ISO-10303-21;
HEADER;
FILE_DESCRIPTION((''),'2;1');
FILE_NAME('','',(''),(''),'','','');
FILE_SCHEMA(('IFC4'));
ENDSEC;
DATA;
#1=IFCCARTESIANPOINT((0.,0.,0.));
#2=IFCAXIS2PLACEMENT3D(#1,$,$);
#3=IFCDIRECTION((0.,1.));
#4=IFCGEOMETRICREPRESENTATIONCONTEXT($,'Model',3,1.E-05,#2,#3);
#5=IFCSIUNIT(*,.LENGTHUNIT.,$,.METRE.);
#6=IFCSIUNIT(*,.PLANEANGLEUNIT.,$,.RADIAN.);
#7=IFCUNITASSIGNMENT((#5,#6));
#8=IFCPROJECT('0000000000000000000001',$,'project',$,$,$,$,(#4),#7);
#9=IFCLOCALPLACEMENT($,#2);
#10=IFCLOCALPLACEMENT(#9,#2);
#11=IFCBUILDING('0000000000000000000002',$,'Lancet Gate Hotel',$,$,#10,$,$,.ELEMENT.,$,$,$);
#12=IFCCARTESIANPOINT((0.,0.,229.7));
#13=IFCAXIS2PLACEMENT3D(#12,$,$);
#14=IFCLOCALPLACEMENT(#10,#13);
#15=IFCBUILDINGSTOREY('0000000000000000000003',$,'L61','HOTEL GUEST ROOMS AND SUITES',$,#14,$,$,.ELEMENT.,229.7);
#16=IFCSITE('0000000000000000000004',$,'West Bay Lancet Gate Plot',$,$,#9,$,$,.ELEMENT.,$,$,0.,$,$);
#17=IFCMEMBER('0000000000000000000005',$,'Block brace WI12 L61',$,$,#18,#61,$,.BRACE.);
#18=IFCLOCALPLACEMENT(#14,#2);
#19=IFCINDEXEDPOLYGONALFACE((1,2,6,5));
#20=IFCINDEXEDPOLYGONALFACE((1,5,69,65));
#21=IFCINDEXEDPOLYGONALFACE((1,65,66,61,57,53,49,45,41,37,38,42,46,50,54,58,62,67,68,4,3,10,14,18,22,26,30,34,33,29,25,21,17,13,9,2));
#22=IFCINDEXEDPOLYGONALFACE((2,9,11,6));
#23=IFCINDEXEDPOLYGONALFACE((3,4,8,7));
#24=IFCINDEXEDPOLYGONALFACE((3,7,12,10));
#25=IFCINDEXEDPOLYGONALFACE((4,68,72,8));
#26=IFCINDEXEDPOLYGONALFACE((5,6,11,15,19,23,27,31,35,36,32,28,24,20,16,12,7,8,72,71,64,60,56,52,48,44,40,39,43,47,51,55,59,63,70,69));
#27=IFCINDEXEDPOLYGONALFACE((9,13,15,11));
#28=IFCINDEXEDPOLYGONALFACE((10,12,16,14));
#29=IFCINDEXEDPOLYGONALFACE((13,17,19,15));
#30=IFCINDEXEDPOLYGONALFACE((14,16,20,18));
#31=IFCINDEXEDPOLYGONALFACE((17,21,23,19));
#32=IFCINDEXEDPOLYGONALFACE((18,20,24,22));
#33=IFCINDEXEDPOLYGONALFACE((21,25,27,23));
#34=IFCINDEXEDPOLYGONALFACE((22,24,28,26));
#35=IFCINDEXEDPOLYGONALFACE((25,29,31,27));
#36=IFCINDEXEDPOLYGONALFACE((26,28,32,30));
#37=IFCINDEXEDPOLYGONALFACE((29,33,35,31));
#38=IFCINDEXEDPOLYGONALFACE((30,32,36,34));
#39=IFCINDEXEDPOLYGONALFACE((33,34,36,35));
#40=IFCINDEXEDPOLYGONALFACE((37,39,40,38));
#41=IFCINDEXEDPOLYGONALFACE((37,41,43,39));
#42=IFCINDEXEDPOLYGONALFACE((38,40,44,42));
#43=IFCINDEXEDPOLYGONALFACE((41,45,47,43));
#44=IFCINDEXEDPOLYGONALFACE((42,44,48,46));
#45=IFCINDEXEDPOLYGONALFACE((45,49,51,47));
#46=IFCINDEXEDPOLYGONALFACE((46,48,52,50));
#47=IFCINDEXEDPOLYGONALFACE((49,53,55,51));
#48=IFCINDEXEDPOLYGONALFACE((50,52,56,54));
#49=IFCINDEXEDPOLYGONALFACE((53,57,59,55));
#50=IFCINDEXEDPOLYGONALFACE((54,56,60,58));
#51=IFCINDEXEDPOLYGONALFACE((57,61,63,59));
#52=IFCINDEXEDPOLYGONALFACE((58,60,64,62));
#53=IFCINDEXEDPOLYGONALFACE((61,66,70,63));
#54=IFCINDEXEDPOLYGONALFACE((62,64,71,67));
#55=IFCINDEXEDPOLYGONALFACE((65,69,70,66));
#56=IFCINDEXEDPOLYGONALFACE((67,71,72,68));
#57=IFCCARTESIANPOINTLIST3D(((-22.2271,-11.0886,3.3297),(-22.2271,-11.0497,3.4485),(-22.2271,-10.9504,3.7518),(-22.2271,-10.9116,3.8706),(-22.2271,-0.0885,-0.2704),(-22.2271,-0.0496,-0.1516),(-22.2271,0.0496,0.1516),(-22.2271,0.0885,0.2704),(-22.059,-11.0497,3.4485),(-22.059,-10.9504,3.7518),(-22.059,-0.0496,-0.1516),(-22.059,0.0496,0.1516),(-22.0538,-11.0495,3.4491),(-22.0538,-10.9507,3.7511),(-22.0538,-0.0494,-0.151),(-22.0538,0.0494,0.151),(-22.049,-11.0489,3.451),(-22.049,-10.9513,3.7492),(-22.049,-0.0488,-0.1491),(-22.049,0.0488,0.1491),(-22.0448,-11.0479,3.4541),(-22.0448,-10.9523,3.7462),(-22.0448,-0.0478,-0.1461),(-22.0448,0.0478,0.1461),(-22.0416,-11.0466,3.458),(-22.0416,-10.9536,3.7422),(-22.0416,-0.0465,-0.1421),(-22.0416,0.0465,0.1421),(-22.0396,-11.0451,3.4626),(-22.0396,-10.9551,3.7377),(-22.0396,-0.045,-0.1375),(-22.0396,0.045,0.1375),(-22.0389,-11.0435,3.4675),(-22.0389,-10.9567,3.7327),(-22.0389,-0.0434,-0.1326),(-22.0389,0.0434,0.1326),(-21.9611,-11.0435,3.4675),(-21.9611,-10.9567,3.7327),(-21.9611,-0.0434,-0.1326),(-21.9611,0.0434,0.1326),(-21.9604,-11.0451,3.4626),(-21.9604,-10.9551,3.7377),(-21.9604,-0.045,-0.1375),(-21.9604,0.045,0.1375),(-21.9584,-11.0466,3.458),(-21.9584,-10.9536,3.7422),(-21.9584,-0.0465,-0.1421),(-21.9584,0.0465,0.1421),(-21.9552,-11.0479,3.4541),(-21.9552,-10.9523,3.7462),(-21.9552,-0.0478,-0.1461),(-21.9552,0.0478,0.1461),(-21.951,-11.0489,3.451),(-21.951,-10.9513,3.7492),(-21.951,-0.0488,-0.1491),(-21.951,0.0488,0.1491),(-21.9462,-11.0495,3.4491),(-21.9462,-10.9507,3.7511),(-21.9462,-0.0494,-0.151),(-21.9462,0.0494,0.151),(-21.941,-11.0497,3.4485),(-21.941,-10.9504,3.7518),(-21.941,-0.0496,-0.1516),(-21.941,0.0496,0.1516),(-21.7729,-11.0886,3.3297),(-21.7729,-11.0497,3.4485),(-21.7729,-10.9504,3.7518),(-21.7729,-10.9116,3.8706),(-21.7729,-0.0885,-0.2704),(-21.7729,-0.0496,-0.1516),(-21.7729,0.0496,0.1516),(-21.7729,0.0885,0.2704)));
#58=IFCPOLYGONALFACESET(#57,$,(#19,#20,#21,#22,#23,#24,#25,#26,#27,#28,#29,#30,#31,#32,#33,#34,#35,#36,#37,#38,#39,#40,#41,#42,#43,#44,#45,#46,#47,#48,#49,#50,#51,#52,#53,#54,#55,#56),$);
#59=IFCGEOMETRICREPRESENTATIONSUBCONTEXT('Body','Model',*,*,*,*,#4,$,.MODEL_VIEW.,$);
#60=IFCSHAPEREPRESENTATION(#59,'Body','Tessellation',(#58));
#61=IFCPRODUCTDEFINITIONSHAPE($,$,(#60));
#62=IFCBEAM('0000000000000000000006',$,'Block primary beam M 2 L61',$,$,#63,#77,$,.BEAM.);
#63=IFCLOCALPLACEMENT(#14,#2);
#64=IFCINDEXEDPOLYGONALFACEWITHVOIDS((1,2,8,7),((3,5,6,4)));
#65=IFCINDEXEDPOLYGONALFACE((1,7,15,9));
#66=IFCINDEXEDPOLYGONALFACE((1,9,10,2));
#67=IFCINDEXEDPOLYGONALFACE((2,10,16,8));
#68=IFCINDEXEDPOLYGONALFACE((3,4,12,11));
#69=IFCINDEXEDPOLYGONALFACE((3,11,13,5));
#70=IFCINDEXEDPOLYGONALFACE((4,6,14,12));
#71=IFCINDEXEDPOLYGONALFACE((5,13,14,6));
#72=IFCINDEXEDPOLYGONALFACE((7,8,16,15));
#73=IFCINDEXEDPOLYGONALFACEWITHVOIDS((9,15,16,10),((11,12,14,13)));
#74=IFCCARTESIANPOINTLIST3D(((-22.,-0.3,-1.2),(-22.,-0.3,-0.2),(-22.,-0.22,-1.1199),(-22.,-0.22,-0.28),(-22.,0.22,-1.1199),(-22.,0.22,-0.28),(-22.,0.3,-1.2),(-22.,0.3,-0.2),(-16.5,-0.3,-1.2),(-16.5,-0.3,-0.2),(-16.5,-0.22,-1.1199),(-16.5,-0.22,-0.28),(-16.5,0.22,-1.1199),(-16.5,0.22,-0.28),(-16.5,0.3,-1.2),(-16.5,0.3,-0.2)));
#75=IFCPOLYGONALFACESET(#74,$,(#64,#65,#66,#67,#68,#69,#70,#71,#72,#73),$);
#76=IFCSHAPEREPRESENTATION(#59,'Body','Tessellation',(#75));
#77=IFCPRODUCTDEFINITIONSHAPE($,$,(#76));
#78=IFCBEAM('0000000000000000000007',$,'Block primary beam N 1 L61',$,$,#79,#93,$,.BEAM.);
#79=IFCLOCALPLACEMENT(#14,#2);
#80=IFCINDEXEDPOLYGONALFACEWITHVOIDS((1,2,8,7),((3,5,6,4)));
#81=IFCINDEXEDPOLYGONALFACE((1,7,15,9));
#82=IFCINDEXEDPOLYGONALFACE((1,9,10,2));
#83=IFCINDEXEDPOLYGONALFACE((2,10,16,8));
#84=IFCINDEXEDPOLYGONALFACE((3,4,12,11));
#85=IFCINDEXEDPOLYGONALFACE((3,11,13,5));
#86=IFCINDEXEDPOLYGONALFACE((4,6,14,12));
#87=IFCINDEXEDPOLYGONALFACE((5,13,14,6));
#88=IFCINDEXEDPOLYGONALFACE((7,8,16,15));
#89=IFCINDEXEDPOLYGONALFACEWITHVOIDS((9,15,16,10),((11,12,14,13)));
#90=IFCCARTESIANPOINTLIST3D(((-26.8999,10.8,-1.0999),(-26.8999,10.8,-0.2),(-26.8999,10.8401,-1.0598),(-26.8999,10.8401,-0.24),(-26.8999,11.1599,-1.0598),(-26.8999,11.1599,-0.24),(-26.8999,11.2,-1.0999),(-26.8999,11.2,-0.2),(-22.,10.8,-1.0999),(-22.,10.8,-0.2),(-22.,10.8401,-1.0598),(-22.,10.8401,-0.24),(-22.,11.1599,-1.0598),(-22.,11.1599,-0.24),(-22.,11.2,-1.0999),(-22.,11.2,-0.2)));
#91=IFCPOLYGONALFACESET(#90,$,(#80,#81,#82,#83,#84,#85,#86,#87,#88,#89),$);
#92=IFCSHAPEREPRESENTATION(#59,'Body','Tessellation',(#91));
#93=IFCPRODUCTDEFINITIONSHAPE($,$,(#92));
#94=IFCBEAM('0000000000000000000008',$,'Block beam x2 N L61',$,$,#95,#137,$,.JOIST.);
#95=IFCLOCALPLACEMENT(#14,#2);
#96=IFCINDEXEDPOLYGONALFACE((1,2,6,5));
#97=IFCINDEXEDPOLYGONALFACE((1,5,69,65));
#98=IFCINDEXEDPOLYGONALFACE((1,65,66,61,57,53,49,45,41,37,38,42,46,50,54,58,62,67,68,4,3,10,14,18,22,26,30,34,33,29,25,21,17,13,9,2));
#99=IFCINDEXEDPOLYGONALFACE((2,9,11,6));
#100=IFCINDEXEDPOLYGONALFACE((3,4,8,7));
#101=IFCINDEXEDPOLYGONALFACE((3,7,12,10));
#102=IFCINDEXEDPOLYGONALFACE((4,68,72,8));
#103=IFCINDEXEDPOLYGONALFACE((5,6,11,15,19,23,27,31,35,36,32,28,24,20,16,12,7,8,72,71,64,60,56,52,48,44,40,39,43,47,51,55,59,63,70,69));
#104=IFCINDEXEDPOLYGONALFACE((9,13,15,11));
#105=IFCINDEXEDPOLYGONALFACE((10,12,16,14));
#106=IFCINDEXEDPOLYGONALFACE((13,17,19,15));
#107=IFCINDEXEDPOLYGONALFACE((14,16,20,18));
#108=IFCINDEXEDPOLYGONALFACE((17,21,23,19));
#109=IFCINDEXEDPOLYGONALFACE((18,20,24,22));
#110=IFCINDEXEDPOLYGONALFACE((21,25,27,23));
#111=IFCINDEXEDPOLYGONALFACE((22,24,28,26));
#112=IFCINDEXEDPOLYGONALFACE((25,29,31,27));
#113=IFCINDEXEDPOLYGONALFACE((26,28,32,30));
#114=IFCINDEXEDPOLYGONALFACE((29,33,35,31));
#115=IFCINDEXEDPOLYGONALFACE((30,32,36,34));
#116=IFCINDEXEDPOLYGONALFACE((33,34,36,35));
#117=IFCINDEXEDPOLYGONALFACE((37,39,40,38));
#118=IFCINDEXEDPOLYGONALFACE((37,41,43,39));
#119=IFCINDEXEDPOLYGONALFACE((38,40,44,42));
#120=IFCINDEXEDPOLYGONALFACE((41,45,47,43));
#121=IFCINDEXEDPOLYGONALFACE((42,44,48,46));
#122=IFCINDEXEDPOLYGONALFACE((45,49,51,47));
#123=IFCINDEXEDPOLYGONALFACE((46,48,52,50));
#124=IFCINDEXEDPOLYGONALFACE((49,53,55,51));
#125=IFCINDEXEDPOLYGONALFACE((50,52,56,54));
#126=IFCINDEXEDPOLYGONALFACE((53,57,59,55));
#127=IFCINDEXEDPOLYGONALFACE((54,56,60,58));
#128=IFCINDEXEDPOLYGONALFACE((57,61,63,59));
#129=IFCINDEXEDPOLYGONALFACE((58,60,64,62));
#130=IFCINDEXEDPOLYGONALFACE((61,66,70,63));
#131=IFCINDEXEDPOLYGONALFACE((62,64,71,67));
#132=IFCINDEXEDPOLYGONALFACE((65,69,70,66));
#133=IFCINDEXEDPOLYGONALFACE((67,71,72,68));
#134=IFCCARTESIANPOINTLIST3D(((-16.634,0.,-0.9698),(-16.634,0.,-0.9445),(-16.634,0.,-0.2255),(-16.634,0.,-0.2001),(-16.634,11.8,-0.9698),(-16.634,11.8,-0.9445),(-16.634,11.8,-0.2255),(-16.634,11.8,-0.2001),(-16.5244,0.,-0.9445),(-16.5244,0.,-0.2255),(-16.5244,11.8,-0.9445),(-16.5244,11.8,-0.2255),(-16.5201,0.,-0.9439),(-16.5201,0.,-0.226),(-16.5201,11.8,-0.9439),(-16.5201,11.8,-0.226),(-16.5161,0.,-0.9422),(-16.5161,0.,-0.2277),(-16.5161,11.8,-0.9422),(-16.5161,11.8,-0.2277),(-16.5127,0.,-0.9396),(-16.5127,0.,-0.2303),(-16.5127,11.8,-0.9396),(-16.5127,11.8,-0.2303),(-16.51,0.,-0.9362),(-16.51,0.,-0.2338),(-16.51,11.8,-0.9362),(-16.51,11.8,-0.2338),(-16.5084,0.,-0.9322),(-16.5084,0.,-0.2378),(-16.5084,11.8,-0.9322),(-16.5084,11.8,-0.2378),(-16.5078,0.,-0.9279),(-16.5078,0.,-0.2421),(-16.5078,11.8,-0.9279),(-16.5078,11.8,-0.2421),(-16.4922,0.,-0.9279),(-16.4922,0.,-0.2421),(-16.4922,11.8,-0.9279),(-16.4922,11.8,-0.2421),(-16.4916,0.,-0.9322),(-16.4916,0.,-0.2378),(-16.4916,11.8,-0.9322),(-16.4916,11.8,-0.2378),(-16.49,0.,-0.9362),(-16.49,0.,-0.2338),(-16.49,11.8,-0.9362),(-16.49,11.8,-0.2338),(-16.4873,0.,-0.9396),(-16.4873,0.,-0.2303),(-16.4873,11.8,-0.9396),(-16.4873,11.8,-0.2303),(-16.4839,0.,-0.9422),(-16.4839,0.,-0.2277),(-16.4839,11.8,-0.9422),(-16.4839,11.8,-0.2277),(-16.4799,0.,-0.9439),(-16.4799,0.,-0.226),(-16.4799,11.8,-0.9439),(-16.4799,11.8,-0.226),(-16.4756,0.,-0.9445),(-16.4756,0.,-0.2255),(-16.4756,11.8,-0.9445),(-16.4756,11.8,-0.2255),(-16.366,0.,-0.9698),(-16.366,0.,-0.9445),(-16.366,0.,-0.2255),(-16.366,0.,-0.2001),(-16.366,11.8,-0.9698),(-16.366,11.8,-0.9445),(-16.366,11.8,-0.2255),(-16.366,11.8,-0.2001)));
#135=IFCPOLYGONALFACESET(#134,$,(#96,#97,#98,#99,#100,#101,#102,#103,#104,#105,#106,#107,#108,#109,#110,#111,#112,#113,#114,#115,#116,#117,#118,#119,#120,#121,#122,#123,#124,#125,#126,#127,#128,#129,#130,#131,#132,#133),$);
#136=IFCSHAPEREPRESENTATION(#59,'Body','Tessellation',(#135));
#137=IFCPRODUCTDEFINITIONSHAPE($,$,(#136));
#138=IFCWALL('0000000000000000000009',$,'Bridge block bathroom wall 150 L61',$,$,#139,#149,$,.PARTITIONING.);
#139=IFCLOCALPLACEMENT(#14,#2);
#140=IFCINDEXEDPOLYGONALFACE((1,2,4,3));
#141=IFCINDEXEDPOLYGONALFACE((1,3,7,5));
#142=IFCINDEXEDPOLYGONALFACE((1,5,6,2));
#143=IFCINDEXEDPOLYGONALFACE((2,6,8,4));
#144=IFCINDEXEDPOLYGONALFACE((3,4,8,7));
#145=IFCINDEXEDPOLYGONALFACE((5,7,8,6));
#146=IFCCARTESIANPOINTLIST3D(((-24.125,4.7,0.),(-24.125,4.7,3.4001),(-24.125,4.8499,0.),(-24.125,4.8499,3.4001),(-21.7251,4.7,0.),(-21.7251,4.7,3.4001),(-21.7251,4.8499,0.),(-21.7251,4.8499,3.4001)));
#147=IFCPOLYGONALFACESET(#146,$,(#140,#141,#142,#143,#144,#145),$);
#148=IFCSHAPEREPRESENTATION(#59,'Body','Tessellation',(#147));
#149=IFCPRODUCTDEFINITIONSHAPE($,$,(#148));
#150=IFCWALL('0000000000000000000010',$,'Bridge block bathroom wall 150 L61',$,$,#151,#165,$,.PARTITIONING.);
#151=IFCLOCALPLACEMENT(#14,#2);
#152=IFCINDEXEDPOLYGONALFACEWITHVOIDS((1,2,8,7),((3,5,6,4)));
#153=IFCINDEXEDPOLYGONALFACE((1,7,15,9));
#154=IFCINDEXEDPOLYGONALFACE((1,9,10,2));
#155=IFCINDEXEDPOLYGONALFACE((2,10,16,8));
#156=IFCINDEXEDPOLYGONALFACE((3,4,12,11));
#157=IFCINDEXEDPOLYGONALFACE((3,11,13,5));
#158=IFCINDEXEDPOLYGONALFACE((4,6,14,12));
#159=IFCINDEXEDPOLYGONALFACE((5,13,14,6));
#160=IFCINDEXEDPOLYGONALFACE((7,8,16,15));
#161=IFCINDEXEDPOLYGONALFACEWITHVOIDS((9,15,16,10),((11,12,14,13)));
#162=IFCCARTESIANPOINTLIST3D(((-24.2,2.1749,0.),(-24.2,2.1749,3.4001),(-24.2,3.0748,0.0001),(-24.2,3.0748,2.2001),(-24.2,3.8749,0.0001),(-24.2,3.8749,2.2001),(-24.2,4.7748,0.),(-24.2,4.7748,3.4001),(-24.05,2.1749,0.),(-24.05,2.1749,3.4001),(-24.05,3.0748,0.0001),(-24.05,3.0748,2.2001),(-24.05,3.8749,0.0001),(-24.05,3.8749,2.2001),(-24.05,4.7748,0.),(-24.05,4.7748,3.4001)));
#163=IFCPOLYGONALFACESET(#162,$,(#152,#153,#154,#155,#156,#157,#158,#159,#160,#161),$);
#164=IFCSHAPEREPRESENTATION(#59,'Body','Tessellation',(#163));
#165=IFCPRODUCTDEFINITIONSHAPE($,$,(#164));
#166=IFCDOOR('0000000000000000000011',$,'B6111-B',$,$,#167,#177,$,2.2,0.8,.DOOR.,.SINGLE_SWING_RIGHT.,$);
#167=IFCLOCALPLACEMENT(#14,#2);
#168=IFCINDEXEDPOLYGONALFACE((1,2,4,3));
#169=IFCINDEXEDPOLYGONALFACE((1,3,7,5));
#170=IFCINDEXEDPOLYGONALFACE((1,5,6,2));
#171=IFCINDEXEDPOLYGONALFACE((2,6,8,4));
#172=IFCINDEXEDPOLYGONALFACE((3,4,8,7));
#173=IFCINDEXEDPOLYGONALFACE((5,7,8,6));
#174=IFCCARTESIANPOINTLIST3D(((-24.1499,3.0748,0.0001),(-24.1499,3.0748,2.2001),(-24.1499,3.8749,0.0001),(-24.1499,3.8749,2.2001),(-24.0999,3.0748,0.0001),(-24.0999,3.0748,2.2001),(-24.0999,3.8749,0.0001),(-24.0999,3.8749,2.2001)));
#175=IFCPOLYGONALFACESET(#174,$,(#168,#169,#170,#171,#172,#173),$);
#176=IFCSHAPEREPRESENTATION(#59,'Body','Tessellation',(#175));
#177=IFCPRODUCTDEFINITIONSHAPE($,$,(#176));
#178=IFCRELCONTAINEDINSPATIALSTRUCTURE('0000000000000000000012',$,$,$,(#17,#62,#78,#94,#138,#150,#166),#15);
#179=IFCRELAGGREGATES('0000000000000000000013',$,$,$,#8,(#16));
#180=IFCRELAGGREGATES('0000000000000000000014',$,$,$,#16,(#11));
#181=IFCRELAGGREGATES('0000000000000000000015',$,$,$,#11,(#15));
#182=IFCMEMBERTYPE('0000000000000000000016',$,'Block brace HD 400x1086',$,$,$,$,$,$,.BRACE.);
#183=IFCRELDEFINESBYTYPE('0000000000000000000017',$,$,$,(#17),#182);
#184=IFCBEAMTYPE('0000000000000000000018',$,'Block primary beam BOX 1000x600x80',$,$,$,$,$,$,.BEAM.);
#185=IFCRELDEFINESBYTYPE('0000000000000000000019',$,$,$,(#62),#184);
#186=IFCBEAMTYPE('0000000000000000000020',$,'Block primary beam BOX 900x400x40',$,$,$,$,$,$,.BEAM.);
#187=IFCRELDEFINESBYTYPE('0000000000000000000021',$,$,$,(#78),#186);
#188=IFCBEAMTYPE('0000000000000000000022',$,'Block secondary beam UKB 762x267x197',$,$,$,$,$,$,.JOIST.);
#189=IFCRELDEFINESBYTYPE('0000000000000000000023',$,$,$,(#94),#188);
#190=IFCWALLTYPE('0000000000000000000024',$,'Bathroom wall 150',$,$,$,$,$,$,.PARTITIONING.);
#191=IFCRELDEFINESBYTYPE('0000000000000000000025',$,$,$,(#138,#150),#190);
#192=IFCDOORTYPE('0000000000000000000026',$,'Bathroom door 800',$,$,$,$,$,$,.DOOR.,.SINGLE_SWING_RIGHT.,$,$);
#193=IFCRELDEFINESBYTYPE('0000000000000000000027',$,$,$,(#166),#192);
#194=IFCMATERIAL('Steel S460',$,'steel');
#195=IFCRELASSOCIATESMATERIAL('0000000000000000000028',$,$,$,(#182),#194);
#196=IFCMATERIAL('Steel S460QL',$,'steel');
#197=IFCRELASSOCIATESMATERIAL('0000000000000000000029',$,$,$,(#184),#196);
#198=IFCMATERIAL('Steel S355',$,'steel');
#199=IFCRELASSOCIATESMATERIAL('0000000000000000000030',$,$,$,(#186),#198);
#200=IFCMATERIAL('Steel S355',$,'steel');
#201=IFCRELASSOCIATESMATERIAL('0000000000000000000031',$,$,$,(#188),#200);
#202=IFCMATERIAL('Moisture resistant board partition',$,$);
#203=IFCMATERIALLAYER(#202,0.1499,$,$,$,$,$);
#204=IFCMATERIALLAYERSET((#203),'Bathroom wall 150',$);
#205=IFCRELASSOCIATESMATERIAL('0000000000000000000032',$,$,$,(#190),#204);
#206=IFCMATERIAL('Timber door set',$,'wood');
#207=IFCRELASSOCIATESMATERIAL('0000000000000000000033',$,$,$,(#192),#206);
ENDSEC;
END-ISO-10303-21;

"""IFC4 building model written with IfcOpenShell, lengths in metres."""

from ifc_helpers import new_model, si_unit, direction, frame, frame_2d, origin, origin_2d, place, context, subcontext, project, spatial, rectangle, hollow_rectangle, i_section, extrude, material, layer, layer_set, material_profile, profile_set, type_object, element, fill, save


model = new_model("IFC4")

# Units and contexts
model_context = context("Model", 3, precision=1e-05, world=origin(), true_north=direction((0.0, 1.0)))
body_context = subcontext(model_context, "Body", "Model", "MODEL_VIEW")
ifc_project = project(units=[si_unit("LENGTHUNIT", "METRE"), si_unit("PLANEANGLEUNIT", "RADIAN")], contexts=[model_context])

# Site, building, storey
site_placement = place(None, origin())
site = spatial("IfcSite", under=ifc_project, at=site_placement, Name="West Bay Lancet Gate Plot", CompositionType="ELEMENT", RefElevation=0.0)
building_placement = place(site_placement, origin())
building = spatial("IfcBuilding", under=site, at=building_placement, Name="Lancet Gate Hotel", CompositionType="ELEMENT")
storey_placement = place(building_placement, frame((0.0, 0.0, 229.7)))
storey = spatial("IfcBuildingStorey", under=building, at=storey_placement, Name="L61", Description="HOTEL GUEST ROOMS AND SUITES", CompositionType="ELEMENT", Elevation=229.7)

# Member
ifc_material_1 = material(Name="Steel S460", Category="steel")
ifc_material_profile_1 = material_profile(ifc_material_1, i_section(OverallWidth=0.4541, OverallDepth=0.5691, WebThickness=0.0779, FlangeThickness=0.125, FilletRadius=0.02, at=origin_2d()), Name="HD 400x1086")
ifc_profile_set_1 = profile_set([ifc_material_profile_1], Name="Steel S460")
member_type = type_object("IfcMemberType", Name="Block brace HD 400x1086", PredefinedType="BRACE", material=ifc_profile_set_1)
member_placement = place(storey_placement, frame((-22.0, 0.0, 0.0), z_axis=(0.0, -0.950395, 0.311047), x_axis=(1.0, 0.0, 0.0)))
element("IfcMember", 1, at=member_placement, inside=storey, type_object=member_type, Name="Block brace WI12 L61", PredefinedType="BRACE", context=body_context, shape_type="SweptSolid", body=[
    extrude(i_section(OverallWidth=0.4541, OverallDepth=0.5691, WebThickness=0.0779, FlangeThickness=0.125, FilletRadius=0.02, at=origin_2d()), origin(), (0.0, 0.0, 1.0), 11.5742),
])

# Beams
ifc_material_2 = material(Name="Steel S460QL", Category="steel")
ifc_material_profile_2 = material_profile(ifc_material_2, hollow_rectangle(XDim=0.6001, YDim=1.0, WallThickness=0.0801, at=origin_2d()), Name="BOX 1000x600x80")
ifc_profile_set_2 = profile_set([ifc_material_profile_2], Name="Steel S460QL")
beam_type_1 = type_object("IfcBeamType", Name="Block primary beam BOX 1000x600x80", PredefinedType="BEAM", material=ifc_profile_set_2)
beam_1_placement = place(storey_placement, frame((-22.0, 0.0, -0.7), z_axis=(1.0, 0.0, 0.0), x_axis=(0.0, 1.0, 0.0)))
element("IfcBeam", 2, at=beam_1_placement, inside=storey, type_object=beam_type_1, Name="Block primary beam M 2 L61", PredefinedType="BEAM", context=body_context, shape_type="SweptSolid", body=[
    extrude(hollow_rectangle(XDim=0.6001, YDim=1.0, WallThickness=0.0801, at=origin_2d()), origin(), (0.0, 0.0, 1.0), 5.5),
])
ifc_material_3 = material(Name="Steel S355", Category="steel")
ifc_material_profile_3 = material_profile(ifc_material_3, hollow_rectangle(XDim=0.3999, YDim=0.8999, WallThickness=0.04, at=origin_2d()), Name="BOX 900x400x40")
ifc_profile_set_3 = profile_set([ifc_material_profile_3], Name="Steel S355")
beam_type_2 = type_object("IfcBeamType", Name="Block primary beam BOX 900x400x40", PredefinedType="BEAM", material=ifc_profile_set_3)
beam_2_placement = place(storey_placement, frame((-26.8999, 11.0, -0.6499), z_axis=(1.0, 0.0, 0.0), x_axis=(0.0, 1.0, 0.0)))
element("IfcBeam", 3, at=beam_2_placement, inside=storey, type_object=beam_type_2, Name="Block primary beam N 1 L61", PredefinedType="BEAM", context=body_context, shape_type="SweptSolid", body=[
    extrude(hollow_rectangle(XDim=0.3999, YDim=0.8999, WallThickness=0.04, at=origin_2d()), origin(), (0.0, 0.0, 1.0), 4.8999),
])
ifc_material_4 = material(Name="Steel S355", Category="steel")
ifc_material_profile_4 = material_profile(ifc_material_4, i_section(OverallWidth=0.2681, OverallDepth=0.7698, WebThickness=0.0156, FlangeThickness=0.0254, FilletRadius=0.0166, at=origin_2d()), Name="UKB 762x267x197")
ifc_profile_set_4 = profile_set([ifc_material_profile_4], Name="Steel S355")
beam_type_3 = type_object("IfcBeamType", Name="Block secondary beam UKB 762x267x197", PredefinedType="JOIST", material=ifc_profile_set_4)
beam_3_placement = place(storey_placement, frame((-16.5, 0.0, -0.585), z_axis=(0.0, 1.0, 0.0), x_axis=(-1.0, 0.0, 0.0)))
element("IfcBeam", 4, at=beam_3_placement, inside=storey, type_object=beam_type_3, Name="Block beam x2 N L61", PredefinedType="JOIST", context=body_context, shape_type="SweptSolid", body=[
    extrude(i_section(OverallWidth=0.2681, OverallDepth=0.7698, WebThickness=0.0156, FlangeThickness=0.0254, FilletRadius=0.0166, at=origin_2d()), origin(), (0.0, 0.0, 1.0), 11.8),
])

# Wall
ifc_material_5 = material(Name="Moisture resistant board partition")
ifc_layer_1 = layer(ifc_material_5, 0.1499)
ifc_layer_set_1 = layer_set([ifc_layer_1], Name="Bathroom wall 150")
wall_type_1 = type_object("IfcWallType", Name="Bathroom wall 150", PredefinedType="PARTITIONING", material=ifc_layer_set_1)
wall_1_placement = place(storey_placement, frame((-24.125, 4.7749, 0.0), z_axis=(0.0, 0.0, 1.0), x_axis=(1.0, 0.0, 0.0)))
element("IfcWall", 5, at=wall_1_placement, inside=storey, type_object=wall_type_1, Name="Bridge block bathroom wall 150 L61", PredefinedType="PARTITIONING", context=body_context, shape_type="SweptSolid", body=[
    extrude(rectangle(XDim=2.3999, YDim=0.1499, at=frame_2d((1.2, 0.0))), origin(), (0.0, 0.0, 1.0), 3.4001),
])

# Wall, opening, door
wall_2_placement = place(storey_placement, frame((-24.125, 2.175, 0.0), z_axis=(0.0, 0.0, 1.0), x_axis=(0.0, 1.0, 0.0)))
wall_2 = element("IfcWall", 6, at=wall_2_placement, inside=storey, type_object=wall_type_1, Name="Bridge block bathroom wall 150 L61", PredefinedType="PARTITIONING", context=body_context, shape_type="SweptSolid", body=[
    extrude(rectangle(XDim=2.5999, YDim=0.1499, at=frame_2d((1.2998, 0.0))), origin(), (0.0, 0.0, 1.0), 3.4001),
])
opening_1_placement = place(wall_2_placement, frame((0.8999, 0.0, 0.0)))
opening_1 = element("IfcOpeningElement", 7, at=opening_1_placement, cuts=wall_2, PredefinedType="OPENING", context=body_context, shape_type="SweptSolid", body=[
    extrude(rectangle(XDim=0.8, YDim=2.2, at=frame_2d((0.3999, 1.1001))), frame((0.0, 0.085, 0.0), z_axis=(0.0, -1.0, 0.0), x_axis=(1.0, 0.0, 0.0)), (0.0, 0.0, 1.0), 0.1699),
])
ifc_material_6 = material(Name="Timber door set", Category="wood")
door_type = type_object("IfcDoorType", Name="Bathroom door 800", OperationType="SINGLE_SWING_RIGHT", PredefinedType="DOOR", material=ifc_material_6)
door_1_placement = place(opening_1_placement, origin())
door_1 = element("IfcDoor", 8, at=door_1_placement, inside=storey, type_object=door_type, Name="B6111-B", OperationType="SINGLE_SWING_RIGHT", OverallHeight=2.2, OverallWidth=0.8, PredefinedType="DOOR", context=body_context, shape_type="SweptSolid", body=[
    extrude(rectangle(XDim=0.8, YDim=2.2, at=frame_2d((0.3999, 1.1001))), frame((0.0, 0.0249, 0.0), z_axis=(0.0, -1.0, 0.0), x_axis=(1.0, 0.0, 0.0)), (0.0, 0.0, 1.0), 0.05),
])
fill(opening_1, door_1)

save(model, "model.ifc")
